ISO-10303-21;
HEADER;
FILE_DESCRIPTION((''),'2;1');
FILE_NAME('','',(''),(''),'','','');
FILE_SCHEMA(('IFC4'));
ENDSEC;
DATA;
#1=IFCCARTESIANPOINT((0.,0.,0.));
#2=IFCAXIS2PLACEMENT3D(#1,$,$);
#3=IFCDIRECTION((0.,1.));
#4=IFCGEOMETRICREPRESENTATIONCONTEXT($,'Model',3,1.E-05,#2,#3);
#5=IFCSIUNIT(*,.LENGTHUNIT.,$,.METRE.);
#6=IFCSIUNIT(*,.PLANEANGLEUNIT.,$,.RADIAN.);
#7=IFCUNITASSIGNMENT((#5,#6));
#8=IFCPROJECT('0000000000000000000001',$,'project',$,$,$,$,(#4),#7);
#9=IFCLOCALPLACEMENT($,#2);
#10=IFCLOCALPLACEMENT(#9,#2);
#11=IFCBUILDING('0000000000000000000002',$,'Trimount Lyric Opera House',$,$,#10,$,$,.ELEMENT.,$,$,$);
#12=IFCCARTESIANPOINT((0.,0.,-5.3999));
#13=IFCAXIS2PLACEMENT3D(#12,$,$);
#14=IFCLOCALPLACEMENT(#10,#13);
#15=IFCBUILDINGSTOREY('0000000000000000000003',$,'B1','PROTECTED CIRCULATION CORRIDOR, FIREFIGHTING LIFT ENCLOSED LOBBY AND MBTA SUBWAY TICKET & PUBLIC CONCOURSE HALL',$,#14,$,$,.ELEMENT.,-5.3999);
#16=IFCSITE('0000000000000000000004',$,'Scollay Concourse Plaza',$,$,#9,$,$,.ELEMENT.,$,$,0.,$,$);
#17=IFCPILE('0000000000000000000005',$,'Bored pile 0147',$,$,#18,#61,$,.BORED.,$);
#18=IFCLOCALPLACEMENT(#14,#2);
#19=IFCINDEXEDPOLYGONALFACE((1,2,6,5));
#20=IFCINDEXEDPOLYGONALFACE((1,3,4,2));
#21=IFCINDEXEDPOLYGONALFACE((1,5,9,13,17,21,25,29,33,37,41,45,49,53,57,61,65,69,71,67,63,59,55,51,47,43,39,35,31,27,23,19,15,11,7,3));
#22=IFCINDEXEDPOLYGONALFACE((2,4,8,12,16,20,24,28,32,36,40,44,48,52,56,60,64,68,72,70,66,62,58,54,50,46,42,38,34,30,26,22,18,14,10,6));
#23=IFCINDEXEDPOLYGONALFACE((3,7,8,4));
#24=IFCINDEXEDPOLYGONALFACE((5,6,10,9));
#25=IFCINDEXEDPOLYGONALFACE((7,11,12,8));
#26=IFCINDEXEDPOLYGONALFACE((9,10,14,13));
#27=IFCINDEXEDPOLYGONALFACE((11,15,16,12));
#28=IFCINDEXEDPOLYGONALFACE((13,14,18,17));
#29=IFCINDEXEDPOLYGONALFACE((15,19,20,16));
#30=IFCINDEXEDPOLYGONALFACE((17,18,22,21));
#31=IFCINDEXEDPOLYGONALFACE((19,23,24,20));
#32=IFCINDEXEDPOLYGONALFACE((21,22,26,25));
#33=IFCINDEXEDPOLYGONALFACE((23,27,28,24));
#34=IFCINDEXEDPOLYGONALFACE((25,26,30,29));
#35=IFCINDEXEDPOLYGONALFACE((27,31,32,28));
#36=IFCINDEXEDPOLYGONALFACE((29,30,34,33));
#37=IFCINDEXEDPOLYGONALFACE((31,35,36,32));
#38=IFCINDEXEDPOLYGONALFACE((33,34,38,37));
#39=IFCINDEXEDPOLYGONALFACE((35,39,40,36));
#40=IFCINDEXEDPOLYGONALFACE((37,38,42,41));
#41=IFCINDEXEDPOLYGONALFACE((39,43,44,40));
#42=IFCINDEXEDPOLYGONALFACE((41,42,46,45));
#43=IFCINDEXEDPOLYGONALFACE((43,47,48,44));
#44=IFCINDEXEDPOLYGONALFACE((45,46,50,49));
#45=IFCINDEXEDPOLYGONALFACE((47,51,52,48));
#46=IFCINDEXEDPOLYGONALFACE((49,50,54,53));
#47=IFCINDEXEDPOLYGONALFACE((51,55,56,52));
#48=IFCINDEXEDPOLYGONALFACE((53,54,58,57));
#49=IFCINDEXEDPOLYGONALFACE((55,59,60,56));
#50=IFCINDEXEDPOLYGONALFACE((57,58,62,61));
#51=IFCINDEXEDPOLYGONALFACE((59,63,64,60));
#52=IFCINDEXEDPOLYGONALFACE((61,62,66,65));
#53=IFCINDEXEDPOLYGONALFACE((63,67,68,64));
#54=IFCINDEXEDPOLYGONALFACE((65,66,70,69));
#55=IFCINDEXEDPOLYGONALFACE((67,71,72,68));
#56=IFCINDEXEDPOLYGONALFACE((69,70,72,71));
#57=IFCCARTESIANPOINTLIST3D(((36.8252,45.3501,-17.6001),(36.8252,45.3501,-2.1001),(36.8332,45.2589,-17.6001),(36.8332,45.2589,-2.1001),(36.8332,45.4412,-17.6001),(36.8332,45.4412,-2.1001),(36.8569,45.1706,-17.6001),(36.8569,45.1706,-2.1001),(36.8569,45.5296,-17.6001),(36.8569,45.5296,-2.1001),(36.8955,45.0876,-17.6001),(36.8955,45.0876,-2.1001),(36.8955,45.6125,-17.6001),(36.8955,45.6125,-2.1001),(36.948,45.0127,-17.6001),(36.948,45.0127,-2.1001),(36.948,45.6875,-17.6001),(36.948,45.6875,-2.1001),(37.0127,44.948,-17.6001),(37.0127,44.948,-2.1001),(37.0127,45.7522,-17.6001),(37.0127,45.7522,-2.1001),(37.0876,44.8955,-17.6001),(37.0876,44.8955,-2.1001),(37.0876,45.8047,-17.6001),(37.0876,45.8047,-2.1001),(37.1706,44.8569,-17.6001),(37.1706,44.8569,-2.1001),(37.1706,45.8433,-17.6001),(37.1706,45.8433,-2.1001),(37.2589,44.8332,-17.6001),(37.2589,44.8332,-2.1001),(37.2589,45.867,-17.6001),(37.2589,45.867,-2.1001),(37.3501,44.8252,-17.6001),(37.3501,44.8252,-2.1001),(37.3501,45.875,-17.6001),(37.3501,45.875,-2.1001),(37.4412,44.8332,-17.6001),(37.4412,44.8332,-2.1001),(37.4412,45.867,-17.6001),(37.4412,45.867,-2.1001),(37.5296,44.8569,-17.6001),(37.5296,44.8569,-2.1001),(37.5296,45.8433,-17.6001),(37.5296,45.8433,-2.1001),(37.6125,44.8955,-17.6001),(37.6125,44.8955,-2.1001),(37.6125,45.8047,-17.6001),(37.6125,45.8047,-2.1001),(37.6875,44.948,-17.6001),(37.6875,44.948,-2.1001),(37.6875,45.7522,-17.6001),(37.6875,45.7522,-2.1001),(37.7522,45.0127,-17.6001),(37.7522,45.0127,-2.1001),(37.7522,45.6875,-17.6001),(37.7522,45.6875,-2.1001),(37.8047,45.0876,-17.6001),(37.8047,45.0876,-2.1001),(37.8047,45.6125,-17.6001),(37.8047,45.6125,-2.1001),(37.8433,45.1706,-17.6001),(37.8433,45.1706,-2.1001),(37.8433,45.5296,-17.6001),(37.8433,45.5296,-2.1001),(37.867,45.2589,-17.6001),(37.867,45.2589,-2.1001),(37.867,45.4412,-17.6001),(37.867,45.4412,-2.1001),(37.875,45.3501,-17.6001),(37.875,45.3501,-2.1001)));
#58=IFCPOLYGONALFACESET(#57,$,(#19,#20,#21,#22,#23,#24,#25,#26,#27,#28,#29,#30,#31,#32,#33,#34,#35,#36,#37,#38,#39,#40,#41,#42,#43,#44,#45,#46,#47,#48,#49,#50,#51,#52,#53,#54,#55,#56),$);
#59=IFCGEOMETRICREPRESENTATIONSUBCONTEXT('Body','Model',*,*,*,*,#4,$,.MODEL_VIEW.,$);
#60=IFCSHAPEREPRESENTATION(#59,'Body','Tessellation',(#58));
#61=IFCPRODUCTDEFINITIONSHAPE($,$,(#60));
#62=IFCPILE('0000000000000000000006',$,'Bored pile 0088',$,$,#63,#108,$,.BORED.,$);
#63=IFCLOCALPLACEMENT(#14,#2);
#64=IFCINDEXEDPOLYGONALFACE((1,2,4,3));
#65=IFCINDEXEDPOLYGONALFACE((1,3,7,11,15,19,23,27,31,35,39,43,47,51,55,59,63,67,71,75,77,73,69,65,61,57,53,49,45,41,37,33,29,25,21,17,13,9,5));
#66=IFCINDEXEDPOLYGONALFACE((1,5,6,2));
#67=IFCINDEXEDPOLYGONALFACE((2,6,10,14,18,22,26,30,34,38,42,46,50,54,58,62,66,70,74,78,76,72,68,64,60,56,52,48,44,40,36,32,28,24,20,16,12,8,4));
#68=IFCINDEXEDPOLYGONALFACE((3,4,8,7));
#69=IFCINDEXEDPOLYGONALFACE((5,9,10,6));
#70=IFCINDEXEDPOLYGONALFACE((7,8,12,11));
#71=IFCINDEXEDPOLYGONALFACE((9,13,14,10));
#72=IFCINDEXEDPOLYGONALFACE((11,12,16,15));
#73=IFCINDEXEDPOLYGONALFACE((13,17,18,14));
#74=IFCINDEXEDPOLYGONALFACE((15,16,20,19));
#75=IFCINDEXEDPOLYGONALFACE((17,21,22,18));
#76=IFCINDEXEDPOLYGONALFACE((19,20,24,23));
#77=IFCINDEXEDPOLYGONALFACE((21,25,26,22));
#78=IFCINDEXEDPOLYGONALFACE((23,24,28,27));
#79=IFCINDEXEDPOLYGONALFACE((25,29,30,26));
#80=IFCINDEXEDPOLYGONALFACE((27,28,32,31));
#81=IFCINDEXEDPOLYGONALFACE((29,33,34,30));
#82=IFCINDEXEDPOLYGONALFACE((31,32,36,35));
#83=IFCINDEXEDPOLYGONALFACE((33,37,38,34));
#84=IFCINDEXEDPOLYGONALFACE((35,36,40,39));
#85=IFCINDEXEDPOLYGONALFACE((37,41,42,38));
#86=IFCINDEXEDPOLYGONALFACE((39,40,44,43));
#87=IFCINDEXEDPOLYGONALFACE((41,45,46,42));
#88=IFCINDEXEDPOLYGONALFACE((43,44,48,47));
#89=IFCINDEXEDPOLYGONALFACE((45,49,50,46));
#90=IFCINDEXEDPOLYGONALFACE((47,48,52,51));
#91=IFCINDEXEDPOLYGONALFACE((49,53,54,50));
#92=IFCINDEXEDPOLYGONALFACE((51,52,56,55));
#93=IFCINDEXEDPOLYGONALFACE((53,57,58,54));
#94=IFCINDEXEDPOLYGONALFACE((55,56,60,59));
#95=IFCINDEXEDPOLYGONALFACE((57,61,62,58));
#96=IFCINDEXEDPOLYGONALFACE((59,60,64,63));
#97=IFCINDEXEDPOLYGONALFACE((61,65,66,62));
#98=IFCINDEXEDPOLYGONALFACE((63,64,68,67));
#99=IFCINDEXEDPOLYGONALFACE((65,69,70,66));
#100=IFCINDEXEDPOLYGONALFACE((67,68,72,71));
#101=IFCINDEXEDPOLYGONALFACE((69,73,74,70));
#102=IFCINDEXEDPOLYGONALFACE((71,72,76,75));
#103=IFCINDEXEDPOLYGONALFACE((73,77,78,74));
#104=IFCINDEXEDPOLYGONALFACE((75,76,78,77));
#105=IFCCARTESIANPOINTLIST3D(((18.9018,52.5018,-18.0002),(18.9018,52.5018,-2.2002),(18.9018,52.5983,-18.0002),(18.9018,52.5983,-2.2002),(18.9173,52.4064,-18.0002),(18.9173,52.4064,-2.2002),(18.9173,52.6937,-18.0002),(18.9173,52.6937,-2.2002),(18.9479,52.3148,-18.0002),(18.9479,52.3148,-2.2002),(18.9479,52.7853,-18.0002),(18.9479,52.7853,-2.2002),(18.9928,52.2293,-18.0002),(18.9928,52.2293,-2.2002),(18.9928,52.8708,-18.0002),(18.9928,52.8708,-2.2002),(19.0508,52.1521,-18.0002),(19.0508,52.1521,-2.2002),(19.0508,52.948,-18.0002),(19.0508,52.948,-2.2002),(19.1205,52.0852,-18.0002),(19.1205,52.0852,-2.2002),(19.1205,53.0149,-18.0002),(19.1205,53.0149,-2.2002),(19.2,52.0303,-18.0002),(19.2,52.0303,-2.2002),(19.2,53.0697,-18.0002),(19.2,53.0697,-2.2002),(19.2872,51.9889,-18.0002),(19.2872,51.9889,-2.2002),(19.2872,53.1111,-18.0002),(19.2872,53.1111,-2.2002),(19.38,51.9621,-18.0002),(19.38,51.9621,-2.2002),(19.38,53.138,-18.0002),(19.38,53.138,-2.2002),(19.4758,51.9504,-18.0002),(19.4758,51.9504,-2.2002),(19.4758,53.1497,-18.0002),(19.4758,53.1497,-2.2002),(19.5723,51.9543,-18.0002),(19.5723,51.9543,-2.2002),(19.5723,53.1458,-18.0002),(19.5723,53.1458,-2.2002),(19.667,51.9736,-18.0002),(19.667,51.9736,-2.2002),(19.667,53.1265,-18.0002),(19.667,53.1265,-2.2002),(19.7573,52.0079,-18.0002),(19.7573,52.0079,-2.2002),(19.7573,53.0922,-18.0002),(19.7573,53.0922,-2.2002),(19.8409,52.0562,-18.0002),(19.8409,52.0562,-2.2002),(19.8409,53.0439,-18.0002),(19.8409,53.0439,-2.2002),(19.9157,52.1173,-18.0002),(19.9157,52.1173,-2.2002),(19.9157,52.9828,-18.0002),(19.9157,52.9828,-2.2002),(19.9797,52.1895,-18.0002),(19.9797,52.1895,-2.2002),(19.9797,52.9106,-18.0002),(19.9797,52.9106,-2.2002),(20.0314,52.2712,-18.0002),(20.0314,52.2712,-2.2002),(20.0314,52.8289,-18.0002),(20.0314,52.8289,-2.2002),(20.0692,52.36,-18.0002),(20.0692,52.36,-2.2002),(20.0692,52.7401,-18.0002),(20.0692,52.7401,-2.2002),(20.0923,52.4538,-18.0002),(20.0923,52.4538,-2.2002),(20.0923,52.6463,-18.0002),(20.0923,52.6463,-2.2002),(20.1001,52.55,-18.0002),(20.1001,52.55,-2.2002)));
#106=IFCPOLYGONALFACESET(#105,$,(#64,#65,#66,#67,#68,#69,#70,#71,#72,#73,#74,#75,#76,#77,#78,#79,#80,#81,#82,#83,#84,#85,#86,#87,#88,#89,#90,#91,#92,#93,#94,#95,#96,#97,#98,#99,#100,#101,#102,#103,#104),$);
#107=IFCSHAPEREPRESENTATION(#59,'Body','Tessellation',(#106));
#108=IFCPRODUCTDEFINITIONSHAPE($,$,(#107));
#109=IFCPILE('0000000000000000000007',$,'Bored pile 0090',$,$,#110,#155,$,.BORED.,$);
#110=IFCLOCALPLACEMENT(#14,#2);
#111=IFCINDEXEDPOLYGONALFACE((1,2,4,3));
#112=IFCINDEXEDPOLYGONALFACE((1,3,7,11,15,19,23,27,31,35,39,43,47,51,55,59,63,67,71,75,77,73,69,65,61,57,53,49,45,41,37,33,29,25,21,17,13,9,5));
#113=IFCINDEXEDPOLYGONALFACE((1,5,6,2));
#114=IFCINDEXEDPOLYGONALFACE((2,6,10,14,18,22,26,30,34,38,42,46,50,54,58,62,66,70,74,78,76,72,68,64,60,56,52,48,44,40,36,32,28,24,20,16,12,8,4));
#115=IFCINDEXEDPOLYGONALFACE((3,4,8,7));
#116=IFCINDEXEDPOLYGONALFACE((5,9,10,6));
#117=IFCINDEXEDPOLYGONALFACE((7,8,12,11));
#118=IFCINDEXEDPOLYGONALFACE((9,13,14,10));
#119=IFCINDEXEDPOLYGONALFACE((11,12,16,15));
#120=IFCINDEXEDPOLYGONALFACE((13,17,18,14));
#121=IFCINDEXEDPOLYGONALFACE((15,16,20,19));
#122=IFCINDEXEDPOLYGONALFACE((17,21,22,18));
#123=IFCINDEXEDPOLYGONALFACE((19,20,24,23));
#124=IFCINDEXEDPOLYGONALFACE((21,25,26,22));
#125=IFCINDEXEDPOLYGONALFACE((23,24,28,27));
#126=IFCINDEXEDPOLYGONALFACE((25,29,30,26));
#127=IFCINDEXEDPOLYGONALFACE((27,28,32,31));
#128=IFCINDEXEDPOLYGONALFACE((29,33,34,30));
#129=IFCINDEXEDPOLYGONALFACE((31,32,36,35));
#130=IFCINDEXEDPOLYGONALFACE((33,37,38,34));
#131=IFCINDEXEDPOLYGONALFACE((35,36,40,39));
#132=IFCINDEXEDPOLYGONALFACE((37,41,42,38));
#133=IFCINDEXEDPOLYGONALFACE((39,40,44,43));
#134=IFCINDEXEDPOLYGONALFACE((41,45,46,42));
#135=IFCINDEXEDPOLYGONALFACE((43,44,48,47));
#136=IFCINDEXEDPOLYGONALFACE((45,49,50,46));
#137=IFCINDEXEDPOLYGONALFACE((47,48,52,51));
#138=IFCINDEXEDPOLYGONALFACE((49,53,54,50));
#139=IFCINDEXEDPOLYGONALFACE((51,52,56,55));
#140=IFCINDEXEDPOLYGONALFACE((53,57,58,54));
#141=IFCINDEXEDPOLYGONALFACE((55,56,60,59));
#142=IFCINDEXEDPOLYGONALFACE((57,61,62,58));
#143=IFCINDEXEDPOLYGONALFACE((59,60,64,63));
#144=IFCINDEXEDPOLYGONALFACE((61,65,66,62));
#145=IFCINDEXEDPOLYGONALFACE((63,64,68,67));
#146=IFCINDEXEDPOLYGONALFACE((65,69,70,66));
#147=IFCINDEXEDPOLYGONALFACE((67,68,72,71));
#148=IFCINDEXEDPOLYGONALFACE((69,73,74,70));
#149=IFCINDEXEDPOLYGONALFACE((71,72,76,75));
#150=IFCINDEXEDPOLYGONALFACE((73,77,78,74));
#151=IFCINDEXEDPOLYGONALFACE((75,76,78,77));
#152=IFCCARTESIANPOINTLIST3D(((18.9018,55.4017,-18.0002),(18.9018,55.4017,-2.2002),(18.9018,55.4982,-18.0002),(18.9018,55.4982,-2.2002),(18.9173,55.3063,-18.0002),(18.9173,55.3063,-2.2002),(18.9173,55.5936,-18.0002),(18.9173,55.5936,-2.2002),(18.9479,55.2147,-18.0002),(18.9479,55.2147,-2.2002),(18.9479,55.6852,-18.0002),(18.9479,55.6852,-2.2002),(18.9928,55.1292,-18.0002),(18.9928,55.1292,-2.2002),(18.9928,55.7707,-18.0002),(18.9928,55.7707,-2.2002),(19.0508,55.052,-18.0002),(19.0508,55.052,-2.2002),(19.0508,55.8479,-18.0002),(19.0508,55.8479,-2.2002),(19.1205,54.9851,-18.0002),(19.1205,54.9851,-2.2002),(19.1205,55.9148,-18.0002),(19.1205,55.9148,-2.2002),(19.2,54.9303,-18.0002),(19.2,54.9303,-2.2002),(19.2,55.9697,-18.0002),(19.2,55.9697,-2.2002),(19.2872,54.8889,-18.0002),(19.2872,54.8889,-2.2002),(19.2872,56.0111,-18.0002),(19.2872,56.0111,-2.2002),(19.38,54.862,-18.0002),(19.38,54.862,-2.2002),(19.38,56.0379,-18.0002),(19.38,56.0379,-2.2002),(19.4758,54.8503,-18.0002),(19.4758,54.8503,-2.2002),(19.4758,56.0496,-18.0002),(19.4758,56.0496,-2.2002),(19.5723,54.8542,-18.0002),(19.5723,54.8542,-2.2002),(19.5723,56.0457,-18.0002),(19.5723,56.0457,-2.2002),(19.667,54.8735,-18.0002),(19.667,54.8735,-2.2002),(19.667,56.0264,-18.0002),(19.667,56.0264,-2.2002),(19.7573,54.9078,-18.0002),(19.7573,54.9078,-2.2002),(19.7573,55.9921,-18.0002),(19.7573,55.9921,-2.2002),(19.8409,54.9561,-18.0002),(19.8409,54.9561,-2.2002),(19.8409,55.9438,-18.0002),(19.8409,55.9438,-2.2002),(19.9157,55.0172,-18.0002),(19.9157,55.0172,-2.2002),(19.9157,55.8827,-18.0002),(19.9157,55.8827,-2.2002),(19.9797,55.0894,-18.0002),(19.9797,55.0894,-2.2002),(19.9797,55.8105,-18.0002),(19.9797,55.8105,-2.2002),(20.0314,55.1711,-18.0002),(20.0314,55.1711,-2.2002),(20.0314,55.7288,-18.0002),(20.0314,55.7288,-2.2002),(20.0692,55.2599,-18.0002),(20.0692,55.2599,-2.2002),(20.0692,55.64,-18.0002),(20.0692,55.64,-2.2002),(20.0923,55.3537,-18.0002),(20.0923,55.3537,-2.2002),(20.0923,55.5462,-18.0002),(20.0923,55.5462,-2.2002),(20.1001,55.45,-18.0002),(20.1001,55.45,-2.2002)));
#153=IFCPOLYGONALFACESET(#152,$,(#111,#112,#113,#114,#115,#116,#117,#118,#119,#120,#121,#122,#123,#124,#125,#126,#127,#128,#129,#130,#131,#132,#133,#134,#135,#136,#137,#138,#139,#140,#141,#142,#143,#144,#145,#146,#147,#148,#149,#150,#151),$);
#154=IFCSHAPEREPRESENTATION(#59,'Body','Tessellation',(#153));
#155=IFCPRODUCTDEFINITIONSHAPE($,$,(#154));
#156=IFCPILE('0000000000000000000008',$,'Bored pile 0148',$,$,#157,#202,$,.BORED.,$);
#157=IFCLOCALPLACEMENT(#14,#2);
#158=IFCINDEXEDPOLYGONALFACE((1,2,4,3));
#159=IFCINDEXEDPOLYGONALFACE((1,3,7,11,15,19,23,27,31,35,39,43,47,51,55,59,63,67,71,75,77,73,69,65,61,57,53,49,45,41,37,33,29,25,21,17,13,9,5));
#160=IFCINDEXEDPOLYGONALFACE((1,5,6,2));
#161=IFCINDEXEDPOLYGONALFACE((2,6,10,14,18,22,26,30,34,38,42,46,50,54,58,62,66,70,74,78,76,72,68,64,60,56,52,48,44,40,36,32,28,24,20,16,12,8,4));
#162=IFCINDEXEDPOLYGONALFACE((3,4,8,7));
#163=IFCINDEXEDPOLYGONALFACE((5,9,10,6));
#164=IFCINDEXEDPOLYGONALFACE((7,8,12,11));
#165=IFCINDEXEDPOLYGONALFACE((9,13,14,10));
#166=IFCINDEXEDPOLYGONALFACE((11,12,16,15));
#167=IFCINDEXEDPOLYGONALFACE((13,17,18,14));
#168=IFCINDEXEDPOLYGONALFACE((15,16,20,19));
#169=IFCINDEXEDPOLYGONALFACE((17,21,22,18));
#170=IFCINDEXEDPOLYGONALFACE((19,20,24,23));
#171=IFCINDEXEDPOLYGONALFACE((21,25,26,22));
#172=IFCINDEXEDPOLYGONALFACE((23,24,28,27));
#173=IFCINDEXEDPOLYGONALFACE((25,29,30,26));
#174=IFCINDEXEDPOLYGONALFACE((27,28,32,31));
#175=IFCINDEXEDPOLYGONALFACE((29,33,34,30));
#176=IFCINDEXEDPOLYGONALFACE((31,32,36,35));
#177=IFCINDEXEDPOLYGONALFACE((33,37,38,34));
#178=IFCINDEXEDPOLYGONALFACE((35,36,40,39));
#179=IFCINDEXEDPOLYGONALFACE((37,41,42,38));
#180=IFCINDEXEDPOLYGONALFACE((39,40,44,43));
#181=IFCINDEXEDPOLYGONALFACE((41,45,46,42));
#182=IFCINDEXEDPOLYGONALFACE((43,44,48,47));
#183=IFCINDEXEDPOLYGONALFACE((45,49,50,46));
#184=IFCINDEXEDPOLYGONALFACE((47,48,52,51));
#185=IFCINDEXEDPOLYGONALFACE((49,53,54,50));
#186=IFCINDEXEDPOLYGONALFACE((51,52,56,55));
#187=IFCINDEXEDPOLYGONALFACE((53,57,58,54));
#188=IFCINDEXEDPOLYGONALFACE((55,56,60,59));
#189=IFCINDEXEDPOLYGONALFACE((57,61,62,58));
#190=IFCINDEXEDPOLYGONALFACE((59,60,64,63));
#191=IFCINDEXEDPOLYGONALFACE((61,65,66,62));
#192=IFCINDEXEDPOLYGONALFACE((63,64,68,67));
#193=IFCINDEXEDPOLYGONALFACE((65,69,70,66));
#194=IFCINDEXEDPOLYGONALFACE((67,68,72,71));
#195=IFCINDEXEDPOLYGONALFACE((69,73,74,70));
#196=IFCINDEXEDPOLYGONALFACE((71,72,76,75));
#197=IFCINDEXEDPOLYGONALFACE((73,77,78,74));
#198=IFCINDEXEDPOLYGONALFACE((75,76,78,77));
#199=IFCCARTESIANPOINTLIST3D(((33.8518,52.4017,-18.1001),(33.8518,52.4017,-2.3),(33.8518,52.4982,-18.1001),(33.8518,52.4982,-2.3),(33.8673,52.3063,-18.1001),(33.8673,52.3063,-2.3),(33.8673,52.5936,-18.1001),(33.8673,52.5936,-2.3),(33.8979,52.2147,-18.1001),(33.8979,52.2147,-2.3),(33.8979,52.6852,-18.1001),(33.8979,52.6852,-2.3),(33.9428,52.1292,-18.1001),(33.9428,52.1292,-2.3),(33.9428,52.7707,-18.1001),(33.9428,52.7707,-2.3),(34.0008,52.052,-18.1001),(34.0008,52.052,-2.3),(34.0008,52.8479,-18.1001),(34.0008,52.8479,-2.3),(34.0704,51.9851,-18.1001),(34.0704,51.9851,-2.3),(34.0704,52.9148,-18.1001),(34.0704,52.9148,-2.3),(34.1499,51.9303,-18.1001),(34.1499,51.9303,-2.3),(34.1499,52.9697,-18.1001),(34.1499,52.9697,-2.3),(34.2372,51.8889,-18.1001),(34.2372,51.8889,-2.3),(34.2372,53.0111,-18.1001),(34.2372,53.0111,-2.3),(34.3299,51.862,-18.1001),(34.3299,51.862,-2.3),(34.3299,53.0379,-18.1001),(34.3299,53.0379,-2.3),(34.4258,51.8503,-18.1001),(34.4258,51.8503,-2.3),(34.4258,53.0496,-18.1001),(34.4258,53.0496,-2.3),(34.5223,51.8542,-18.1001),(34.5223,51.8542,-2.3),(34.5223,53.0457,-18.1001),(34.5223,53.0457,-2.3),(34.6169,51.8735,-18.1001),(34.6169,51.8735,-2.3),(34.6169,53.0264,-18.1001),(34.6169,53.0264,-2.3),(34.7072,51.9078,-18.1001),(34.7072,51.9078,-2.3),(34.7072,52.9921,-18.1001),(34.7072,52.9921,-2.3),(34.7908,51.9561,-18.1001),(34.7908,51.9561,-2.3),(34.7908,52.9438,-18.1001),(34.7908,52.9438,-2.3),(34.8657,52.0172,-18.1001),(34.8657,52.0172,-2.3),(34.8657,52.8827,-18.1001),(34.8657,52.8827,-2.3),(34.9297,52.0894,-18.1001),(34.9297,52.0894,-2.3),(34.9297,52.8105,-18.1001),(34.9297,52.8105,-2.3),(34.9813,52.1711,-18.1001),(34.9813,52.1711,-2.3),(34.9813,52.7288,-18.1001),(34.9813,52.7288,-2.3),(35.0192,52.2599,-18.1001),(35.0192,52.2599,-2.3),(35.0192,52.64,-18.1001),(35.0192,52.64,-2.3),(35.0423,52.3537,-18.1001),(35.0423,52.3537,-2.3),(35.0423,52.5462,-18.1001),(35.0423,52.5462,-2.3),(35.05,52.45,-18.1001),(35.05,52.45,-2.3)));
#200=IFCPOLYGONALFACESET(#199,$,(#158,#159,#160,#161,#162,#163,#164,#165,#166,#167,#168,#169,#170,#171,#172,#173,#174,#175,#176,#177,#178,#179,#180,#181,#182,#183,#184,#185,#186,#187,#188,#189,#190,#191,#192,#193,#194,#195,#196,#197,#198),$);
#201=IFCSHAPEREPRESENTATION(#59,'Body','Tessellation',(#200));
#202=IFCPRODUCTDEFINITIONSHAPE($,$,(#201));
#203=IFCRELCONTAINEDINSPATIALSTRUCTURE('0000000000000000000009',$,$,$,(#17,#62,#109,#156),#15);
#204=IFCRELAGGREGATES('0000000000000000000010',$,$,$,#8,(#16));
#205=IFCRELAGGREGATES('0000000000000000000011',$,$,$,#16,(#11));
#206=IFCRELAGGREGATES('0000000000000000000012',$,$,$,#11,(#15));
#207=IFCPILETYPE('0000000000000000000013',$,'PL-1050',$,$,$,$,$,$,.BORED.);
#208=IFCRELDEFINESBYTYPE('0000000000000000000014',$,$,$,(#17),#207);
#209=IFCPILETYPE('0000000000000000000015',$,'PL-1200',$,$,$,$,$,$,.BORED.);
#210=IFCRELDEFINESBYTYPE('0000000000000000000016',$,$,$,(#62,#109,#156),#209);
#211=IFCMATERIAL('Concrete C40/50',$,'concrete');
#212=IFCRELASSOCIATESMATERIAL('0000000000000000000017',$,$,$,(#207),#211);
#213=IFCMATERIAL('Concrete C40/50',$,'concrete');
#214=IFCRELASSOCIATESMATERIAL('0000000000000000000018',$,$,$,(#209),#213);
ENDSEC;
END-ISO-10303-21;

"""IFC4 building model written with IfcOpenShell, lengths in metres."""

from ifc_helpers import new_model, si_unit, direction, frame, origin, origin_2d, place, context, subcontext, project, spatial, circle, extrude, material, material_profile, profile_set, type_object, element, save


model = new_model("IFC4")

# Units and contexts
model_context = context("Model", 3, precision=1e-05, world=origin(), true_north=direction((0.0, 1.0)))
body_context = subcontext(model_context, "Body", "Model", "MODEL_VIEW")
ifc_project = project(units=[si_unit("LENGTHUNIT", "METRE"), si_unit("PLANEANGLEUNIT", "RADIAN")], contexts=[model_context])

# Site, building, storey
site_placement = place(None, origin())
site = spatial("IfcSite", under=ifc_project, at=site_placement, Name="Scollay Concourse Plaza", CompositionType="ELEMENT", RefElevation=0.0)
building_placement = place(site_placement, origin())
building = spatial("IfcBuilding", under=site, at=building_placement, Name="Trimount Lyric Opera House", CompositionType="ELEMENT")
storey_placement = place(building_placement, frame((0.0, 0.0, -5.3999)))
storey = spatial("IfcBuildingStorey", under=building, at=storey_placement, Name="B1", Description="PROTECTED CIRCULATION CORRIDOR, FIREFIGHTING LIFT ENCLOSED LOBBY AND MBTA SUBWAY TICKET & PUBLIC CONCOURSE HALL", CompositionType="ELEMENT", Elevation=-5.3999)

# Piles
ifc_material_1 = material(Name="Concrete C40/50", Category="concrete")
ifc_material_profile_1 = material_profile(ifc_material_1, circle(Radius=0.5249, at=origin_2d()), Name="PILE-D1050")
ifc_profile_set_1 = profile_set([ifc_material_profile_1], Name="Concrete C40/50")
pile_type_1 = type_object("IfcPileType", Name="PL-1050", PredefinedType="BORED", material=ifc_profile_set_1)
for number, where, z_axis, x_axis, name in (
    (1, (37.3501, 45.3501, -2.1001), (0.0, 0.0, -1.0), (1.0, 0.0, 0.0), "Bored pile 0147"),
):
    element("IfcPile", number, at=place(storey_placement, frame(where, z_axis=z_axis, x_axis=x_axis)), inside=storey, type_object=pile_type_1, Name=name, PredefinedType="BORED", context=body_context, shape_type="SweptSolid", body=[
        extrude(circle(Radius=0.5249, at=origin_2d()), origin(), (0.0, 0.0, 1.0), 15.5),
    ])
ifc_material_2 = material(Name="Concrete C40/50", Category="concrete")
ifc_material_profile_2 = material_profile(ifc_material_2, circle(Radius=0.6001, at=origin_2d()), Name="PILE-D1200")
ifc_profile_set_2 = profile_set([ifc_material_profile_2], Name="Concrete C40/50")
pile_type_2 = type_object("IfcPileType", Name="PL-1200", PredefinedType="BORED", material=ifc_profile_set_2)
for number, where, z_axis, x_axis, name in (
    (2, (19.5, 52.55, -2.2002), (0.0, 0.0, -1.0), (1.0, 0.0, 0.0), "Bored pile 0088"),
    (3, (19.5, 55.45, -2.2002), (0.0, 0.0, -1.0), (1.0, 0.0, 0.0), "Bored pile 0090"),
    (4, (34.45, 52.45, -2.3), (0.0, 0.0, -1.0), (1.0, 0.0, 0.0), "Bored pile 0148"),
):
    element("IfcPile", number, at=place(storey_placement, frame(where, z_axis=z_axis, x_axis=x_axis)), inside=storey, type_object=pile_type_2, Name=name, PredefinedType="BORED", context=body_context, shape_type="SweptSolid", body=[
        extrude(circle(Radius=0.6001, at=origin_2d()), origin(), (0.0, 0.0, 1.0), 15.8),
    ])

save(model, "model.ifc")
